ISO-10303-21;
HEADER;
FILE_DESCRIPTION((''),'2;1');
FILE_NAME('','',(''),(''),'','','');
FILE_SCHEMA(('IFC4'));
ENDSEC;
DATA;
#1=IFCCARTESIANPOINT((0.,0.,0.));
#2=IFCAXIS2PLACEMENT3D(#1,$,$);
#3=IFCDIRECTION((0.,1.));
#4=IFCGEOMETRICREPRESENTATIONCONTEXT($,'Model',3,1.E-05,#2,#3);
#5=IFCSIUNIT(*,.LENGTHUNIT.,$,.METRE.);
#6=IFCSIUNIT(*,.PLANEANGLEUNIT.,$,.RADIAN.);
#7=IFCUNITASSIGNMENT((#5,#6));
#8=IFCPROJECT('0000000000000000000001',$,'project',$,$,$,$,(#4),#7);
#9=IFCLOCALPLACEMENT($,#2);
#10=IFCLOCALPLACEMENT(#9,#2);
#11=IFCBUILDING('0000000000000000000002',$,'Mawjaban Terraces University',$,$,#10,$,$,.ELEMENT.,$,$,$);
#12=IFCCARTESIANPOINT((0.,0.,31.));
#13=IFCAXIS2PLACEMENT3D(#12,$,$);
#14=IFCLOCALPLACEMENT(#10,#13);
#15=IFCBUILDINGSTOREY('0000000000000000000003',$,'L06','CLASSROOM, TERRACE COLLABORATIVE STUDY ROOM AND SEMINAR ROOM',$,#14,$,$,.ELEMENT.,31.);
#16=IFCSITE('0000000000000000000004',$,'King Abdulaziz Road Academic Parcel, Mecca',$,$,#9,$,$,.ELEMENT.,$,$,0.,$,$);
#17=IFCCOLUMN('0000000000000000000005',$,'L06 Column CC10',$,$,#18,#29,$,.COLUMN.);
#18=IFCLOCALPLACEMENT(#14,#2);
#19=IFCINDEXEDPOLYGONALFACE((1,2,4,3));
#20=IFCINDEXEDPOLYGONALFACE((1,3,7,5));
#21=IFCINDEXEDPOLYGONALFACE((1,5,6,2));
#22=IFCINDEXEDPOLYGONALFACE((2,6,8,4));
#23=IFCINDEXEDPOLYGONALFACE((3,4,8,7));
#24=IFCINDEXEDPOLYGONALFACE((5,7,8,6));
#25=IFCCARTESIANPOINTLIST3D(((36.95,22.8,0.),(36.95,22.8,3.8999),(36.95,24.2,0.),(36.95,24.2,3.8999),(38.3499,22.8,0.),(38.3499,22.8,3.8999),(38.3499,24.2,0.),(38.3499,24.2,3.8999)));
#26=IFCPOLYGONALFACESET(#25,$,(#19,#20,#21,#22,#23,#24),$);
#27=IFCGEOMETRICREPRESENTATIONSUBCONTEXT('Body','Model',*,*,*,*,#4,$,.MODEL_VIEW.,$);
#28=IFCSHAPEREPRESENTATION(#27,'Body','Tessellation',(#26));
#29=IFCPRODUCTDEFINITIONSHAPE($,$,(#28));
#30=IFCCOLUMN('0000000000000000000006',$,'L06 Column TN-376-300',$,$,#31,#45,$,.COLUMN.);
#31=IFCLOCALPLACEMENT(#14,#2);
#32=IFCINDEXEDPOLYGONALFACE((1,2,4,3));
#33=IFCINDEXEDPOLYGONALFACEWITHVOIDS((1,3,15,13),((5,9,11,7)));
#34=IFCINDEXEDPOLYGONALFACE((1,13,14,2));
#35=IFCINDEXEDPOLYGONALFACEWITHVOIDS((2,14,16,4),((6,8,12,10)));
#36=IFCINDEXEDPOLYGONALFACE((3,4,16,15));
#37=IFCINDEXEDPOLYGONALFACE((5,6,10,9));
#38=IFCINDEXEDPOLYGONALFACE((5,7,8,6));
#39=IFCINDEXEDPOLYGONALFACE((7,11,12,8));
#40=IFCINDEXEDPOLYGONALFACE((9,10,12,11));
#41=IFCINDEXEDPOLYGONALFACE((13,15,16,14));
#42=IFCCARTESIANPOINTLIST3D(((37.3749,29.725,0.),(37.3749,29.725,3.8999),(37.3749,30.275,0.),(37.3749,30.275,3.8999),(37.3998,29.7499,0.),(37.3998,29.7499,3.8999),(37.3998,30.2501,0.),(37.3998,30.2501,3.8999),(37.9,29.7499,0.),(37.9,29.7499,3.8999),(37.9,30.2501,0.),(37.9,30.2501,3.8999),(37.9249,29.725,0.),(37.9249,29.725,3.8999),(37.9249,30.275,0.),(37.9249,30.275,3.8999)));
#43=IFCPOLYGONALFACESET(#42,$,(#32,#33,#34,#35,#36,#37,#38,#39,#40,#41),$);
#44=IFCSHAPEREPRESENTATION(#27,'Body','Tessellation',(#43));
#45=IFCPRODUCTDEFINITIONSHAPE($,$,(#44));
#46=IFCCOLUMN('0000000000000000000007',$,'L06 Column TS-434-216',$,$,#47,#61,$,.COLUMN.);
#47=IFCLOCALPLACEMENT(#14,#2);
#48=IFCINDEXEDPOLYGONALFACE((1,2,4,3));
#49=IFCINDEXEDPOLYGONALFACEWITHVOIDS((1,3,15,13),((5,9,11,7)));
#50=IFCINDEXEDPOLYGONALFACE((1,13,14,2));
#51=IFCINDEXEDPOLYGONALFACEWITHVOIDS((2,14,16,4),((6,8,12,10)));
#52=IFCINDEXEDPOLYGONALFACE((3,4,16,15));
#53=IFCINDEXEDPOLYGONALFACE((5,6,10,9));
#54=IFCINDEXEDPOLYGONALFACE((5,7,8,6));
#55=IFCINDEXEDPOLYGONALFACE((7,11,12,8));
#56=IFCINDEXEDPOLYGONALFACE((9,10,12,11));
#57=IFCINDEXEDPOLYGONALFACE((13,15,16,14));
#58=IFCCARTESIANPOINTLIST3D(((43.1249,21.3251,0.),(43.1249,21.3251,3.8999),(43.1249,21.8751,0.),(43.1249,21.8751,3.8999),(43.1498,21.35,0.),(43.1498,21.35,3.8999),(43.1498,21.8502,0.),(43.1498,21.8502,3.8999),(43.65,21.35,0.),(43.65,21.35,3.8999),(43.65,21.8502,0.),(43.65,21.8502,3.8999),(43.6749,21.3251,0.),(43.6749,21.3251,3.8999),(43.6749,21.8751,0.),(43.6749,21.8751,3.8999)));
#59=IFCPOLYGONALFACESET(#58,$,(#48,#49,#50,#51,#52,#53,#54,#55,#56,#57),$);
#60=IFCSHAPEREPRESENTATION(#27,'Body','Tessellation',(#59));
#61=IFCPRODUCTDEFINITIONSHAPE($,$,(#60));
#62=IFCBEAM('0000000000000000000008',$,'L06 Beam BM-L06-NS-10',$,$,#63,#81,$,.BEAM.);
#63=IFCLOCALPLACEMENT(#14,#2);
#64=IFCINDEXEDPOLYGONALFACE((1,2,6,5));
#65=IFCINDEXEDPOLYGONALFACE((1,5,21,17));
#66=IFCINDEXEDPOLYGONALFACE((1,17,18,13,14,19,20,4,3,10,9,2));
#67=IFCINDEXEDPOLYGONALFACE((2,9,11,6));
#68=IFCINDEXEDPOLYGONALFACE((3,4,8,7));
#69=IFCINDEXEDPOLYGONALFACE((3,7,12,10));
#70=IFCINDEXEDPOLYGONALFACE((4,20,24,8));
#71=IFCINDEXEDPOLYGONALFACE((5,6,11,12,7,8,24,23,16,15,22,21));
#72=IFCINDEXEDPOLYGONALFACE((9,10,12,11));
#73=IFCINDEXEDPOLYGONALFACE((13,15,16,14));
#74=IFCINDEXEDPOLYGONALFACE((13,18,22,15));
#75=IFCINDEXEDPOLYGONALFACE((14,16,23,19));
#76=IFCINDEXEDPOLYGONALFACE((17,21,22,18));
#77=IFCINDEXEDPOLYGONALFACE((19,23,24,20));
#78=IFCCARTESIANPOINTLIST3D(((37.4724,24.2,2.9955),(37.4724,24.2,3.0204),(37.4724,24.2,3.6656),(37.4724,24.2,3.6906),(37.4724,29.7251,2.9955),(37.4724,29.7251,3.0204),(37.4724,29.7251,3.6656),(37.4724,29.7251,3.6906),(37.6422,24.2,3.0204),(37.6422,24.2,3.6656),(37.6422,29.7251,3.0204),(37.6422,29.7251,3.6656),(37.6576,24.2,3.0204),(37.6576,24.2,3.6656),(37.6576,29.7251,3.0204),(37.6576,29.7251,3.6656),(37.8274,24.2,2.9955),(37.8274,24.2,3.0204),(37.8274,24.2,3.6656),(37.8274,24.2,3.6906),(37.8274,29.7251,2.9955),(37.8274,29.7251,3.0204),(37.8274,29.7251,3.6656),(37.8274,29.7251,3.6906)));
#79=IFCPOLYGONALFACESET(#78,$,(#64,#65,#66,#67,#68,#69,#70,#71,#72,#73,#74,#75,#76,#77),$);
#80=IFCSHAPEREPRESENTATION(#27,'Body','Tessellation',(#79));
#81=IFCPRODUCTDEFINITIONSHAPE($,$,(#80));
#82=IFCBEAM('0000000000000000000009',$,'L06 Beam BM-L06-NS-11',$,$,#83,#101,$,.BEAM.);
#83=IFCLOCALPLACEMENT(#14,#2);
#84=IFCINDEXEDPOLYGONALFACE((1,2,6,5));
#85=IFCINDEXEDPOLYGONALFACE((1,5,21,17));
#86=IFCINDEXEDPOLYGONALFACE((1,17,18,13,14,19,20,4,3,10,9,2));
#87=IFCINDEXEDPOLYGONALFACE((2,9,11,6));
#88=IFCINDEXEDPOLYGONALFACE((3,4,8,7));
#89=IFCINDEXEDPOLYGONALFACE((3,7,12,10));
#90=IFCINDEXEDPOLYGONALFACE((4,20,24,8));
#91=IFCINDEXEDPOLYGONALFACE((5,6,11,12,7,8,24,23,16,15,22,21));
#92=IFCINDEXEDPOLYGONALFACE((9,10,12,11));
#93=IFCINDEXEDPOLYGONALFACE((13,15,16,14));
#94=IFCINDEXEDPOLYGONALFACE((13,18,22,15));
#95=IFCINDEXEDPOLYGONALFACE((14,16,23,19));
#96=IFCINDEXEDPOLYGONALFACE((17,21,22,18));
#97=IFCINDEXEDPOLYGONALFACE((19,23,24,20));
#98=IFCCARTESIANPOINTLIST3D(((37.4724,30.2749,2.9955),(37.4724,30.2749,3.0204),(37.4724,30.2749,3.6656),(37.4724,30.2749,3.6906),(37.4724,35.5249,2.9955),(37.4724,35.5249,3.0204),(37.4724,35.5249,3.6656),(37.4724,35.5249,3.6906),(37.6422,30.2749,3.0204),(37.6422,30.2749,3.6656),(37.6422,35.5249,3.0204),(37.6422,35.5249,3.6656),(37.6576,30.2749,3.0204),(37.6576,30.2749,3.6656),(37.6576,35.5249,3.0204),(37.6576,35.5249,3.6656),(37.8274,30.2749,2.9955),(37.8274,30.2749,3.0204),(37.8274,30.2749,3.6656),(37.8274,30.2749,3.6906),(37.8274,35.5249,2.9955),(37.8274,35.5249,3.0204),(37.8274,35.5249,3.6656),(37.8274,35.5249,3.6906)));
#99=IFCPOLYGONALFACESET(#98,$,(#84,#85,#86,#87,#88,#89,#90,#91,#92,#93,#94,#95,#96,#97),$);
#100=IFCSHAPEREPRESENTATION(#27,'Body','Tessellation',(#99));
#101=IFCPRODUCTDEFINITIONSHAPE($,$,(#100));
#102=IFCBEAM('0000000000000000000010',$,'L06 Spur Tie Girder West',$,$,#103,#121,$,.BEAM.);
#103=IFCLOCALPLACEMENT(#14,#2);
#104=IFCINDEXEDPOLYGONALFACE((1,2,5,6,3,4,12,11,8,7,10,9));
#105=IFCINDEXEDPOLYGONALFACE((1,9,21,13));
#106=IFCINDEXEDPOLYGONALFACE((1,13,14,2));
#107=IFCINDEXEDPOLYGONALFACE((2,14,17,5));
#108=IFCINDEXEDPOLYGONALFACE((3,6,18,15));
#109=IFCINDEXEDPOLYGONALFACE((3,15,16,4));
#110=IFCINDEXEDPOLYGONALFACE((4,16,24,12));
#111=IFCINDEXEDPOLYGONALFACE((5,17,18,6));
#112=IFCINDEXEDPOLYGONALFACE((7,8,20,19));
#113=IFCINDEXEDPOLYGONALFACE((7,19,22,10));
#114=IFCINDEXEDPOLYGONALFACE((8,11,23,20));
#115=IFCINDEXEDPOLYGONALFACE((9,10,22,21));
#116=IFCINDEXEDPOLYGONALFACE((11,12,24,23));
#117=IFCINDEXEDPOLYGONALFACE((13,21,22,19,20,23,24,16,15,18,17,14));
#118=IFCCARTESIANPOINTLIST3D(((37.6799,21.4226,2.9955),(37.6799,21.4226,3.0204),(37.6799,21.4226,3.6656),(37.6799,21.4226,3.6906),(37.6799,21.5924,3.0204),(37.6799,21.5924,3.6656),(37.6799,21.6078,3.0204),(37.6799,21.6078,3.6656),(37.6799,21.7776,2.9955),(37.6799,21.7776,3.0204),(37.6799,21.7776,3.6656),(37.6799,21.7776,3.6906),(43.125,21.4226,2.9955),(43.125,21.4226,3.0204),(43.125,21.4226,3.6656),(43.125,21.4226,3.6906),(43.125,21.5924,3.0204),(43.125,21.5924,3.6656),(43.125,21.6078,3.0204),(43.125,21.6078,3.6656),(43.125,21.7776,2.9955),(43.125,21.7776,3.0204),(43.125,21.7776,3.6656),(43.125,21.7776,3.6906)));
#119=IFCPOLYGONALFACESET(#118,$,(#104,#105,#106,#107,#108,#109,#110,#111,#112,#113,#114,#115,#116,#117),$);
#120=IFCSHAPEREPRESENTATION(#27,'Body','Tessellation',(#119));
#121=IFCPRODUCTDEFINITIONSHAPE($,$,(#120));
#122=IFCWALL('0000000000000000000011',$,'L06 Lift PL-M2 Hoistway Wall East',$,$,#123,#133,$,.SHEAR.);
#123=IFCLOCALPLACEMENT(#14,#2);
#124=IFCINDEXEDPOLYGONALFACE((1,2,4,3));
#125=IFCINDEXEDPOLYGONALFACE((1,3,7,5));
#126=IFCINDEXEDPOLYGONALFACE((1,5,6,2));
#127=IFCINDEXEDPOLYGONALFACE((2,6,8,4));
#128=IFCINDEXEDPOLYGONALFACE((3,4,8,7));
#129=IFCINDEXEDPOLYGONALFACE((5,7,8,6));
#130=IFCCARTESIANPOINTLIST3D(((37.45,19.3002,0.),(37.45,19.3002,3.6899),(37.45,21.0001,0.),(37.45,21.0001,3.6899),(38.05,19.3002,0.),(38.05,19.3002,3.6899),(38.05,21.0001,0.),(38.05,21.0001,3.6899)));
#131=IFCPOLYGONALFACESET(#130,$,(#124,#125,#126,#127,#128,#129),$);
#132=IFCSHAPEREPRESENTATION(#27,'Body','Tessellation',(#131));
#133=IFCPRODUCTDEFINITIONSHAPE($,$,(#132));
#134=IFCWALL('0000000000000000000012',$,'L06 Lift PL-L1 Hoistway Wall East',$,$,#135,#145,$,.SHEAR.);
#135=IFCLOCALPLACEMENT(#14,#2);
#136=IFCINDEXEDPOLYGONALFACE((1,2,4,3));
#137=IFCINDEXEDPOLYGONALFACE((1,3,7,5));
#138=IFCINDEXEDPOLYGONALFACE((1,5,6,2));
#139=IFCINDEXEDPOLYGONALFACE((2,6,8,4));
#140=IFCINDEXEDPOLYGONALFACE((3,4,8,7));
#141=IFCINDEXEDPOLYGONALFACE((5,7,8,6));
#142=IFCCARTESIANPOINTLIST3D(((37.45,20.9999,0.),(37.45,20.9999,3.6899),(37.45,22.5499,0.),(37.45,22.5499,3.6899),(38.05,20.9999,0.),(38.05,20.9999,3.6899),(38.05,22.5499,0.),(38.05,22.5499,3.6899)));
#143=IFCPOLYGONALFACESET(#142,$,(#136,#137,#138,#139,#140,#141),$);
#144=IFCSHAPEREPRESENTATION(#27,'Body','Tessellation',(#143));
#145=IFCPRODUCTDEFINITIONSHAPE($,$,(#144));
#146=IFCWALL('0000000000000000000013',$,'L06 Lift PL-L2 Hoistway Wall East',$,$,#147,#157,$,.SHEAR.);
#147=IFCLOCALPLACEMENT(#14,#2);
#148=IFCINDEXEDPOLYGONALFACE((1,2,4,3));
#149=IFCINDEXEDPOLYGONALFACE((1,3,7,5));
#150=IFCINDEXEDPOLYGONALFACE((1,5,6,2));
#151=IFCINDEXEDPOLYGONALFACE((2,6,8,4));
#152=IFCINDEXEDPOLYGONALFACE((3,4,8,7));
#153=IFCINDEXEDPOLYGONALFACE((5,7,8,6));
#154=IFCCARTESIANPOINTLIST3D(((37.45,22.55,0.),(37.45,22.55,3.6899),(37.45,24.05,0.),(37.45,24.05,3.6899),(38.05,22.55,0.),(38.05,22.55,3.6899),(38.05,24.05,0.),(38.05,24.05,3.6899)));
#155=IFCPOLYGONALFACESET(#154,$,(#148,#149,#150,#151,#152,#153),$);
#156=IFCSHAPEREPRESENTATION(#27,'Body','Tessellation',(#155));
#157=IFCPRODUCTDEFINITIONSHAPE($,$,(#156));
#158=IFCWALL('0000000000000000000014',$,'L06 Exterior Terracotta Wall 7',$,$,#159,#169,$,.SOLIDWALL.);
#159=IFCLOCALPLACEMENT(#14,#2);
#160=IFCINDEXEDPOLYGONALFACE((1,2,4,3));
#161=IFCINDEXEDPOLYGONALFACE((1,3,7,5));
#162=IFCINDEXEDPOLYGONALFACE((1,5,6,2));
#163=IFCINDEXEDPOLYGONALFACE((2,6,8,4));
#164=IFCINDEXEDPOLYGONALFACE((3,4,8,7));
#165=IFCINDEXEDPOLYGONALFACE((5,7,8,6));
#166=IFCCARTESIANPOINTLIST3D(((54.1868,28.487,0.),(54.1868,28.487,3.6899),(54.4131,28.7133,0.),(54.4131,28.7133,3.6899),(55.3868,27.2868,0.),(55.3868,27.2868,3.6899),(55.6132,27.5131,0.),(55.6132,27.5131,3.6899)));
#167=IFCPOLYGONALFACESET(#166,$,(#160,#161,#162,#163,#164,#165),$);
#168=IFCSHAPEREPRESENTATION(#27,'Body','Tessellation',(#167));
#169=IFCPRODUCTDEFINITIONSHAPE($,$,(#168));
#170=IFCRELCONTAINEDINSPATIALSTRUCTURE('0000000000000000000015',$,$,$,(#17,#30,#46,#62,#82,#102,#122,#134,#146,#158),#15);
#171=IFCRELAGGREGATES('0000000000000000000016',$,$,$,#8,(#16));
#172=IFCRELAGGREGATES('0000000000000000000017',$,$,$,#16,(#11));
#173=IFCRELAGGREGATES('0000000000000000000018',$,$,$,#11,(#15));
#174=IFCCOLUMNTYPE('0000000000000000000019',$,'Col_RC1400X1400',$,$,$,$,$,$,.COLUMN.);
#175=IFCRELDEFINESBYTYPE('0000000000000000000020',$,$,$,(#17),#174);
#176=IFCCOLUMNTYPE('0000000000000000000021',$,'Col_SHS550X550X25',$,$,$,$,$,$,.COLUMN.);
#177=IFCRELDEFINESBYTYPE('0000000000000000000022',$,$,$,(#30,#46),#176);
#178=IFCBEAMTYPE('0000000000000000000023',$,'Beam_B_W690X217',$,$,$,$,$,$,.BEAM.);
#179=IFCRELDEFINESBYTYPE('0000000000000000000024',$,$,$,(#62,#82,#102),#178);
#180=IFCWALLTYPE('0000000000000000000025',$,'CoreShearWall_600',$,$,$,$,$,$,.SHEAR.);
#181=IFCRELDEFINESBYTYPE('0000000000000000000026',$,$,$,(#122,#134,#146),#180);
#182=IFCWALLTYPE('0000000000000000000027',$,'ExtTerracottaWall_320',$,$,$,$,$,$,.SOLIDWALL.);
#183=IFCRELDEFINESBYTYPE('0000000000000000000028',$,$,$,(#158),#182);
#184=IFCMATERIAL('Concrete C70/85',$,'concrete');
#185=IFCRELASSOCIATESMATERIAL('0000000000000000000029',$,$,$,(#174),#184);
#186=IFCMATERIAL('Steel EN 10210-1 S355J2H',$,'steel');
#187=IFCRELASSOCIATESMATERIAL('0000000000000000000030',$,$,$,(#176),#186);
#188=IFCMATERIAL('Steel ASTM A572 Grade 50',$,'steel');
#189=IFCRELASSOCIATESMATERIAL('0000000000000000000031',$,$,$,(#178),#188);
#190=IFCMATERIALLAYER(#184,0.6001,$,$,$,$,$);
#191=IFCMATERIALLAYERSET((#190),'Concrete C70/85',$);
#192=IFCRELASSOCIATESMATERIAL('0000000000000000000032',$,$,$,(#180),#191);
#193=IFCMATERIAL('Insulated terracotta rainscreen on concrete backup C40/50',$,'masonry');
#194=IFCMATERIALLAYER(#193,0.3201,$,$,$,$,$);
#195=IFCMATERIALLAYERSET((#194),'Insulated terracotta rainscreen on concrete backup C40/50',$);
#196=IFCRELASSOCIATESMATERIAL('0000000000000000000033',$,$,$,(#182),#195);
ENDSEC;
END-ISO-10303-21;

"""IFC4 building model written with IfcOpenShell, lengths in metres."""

from ifc_helpers import new_model, si_unit, direction, frame, frame_2d, origin, origin_2d, place, context, subcontext, project, spatial, rectangle, hollow_rectangle, i_section, extrude, material, layer, layer_set, material_profile, profile_set, type_object, element, save


model = new_model("IFC4")

# Units and contexts
model_context = context("Model", 3, precision=1e-05, world=origin(), true_north=direction((0.0, 1.0)))
body_context = subcontext(model_context, "Body", "Model", "MODEL_VIEW")
ifc_project = project(units=[si_unit("LENGTHUNIT", "METRE"), si_unit("PLANEANGLEUNIT", "RADIAN")], contexts=[model_context])

# Site, building, storey
site_placement = place(None, origin())
site = spatial("IfcSite", under=ifc_project, at=site_placement, Name="King Abdulaziz Road Academic Parcel, Mecca", CompositionType="ELEMENT", RefElevation=0.0)
building_placement = place(site_placement, origin())
building = spatial("IfcBuilding", under=site, at=building_placement, Name="Mawjaban Terraces University", CompositionType="ELEMENT")
storey_placement = place(building_placement, frame((0.0, 0.0, 31.0)))
storey = spatial("IfcBuildingStorey", under=building, at=storey_placement, Name="L06", Description="CLASSROOM, TERRACE COLLABORATIVE STUDY ROOM AND SEMINAR ROOM", CompositionType="ELEMENT", Elevation=31.0)

# Columns
ifc_material_1 = material(Name="Concrete C70/85", Category="concrete")
ifc_material_profile_1 = material_profile(ifc_material_1, rectangle(XDim=1.3999, YDim=1.3999, at=origin_2d()), Name="RC1400X1400")
ifc_profile_set_1 = profile_set([ifc_material_profile_1], Name="Concrete C70/85")
column_type_1 = type_object("IfcColumnType", Name="Col_RC1400X1400", PredefinedType="COLUMN", material=ifc_profile_set_1)
column_placement = place(storey_placement, frame((37.6499, 23.5, 0.0), z_axis=(0.0, 0.0, 1.0), x_axis=(1.0, 0.0, 0.0)))
element("IfcColumn", 1, at=column_placement, inside=storey, type_object=column_type_1, Name="L06 Column CC10", PredefinedType="COLUMN", context=body_context, shape_type="SweptSolid", body=[
    extrude(rectangle(XDim=1.3999, YDim=1.3999, at=origin_2d()), origin(), (0.0, 0.0, 1.0), 3.8999),
])
ifc_material_2 = material(Name="Steel EN 10210-1 S355J2H", Category="steel")
ifc_material_profile_2 = material_profile(ifc_material_2, hollow_rectangle(XDim=0.55, YDim=0.55, WallThickness=0.0249, at=origin_2d()), Name="SHS550X550X25")
ifc_profile_set_2 = profile_set([ifc_material_profile_2], Name="Steel EN 10210-1 S355J2H")
column_type_2 = type_object("IfcColumnType", Name="Col_SHS550X550X25", PredefinedType="COLUMN", material=ifc_profile_set_2)
for number, where, z_axis, x_axis, name in (
    (2, (37.6499, 30.0, 0.0), (0.0, 0.0, 1.0), (1.0, 0.0, 0.0), "L06 Column TN-376-300"),
    (3, (43.3999, 21.6001, 0.0), (0.0, 0.0, 1.0), (1.0, 0.0, 0.0), "L06 Column TS-434-216"),
):
    element("IfcColumn", number, at=place(storey_placement, frame(where, z_axis=z_axis, x_axis=x_axis)), inside=storey, type_object=column_type_2, Name=name, PredefinedType="COLUMN", context=body_context, shape_type="SweptSolid", body=[
        extrude(hollow_rectangle(XDim=0.55, YDim=0.55, WallThickness=0.0249, at=origin_2d()), origin(), (0.0, 0.0, 1.0), 3.8999),
    ])

# Beams
ifc_material_3 = material(Name="Steel ASTM A572 Grade 50", Category="steel")
ifc_material_profile_3 = material_profile(ifc_material_3, i_section(OverallWidth=0.355, OverallDepth=0.6951, WebThickness=0.0154, FlangeThickness=0.0249, at=origin_2d()), Name="W690X217")
ifc_profile_set_3 = profile_set([ifc_material_profile_3], Name="Steel ASTM A572 Grade 50")
beam_type = type_object("IfcBeamType", Name="Beam_B_W690X217", PredefinedType="BEAM", material=ifc_profile_set_3)
beam_1_placement = place(storey_placement, frame((37.6499, 24.2, 3.343), z_axis=(0.0, 1.0, 0.0), x_axis=(-1.0, 0.0, 0.0)))
element("IfcBeam", 4, at=beam_1_placement, inside=storey, type_object=beam_type, Name="L06 Beam BM-L06-NS-10", PredefinedType="BEAM", context=body_context, shape_type="SweptSolid", body=[
    extrude(i_section(OverallWidth=0.355, OverallDepth=0.6951, WebThickness=0.0154, FlangeThickness=0.0249, at=origin_2d()), origin(), (0.0, 0.0, 1.0), 5.5251),
])
beam_2_placement = place(storey_placement, frame((37.6499, 30.2749, 3.343), z_axis=(0.0, 1.0, 0.0), x_axis=(-1.0, 0.0, 0.0)))
element("IfcBeam", 5, at=beam_2_placement, inside=storey, type_object=beam_type, Name="L06 Beam BM-L06-NS-11", PredefinedType="BEAM", context=body_context, shape_type="SweptSolid", body=[
    extrude(i_section(OverallWidth=0.355, OverallDepth=0.6951, WebThickness=0.0154, FlangeThickness=0.0249, at=origin_2d()), origin(), (0.0, 0.0, 1.0), 5.25),
])
beam_3_placement = place(storey_placement, frame((37.6799, 21.6001, 3.343), z_axis=(1.0, 0.0, 0.0), x_axis=(0.0, 1.0, 0.0)))
element("IfcBeam", 6, at=beam_3_placement, inside=storey, type_object=beam_type, Name="L06 Spur Tie Girder West", PredefinedType="BEAM", context=body_context, shape_type="SweptSolid", body=[
    extrude(i_section(OverallWidth=0.355, OverallDepth=0.6951, WebThickness=0.0154, FlangeThickness=0.0249, at=origin_2d()), origin(), (0.0, 0.0, 1.0), 5.4451),
])

# Walls
ifc_layer_1 = layer(ifc_material_1, 0.6001)
ifc_layer_set_1 = layer_set([ifc_layer_1], Name="Concrete C70/85")
wall_type_1 = type_object("IfcWallType", Name="CoreShearWall_600", PredefinedType="SHEAR", material=ifc_layer_set_1)
wall_1_placement = place(storey_placement, frame((37.75, 19.3, 0.0), z_axis=(0.0, 0.0, 1.0), x_axis=(0.0, 1.0, 0.0)))
element("IfcWall", 7, at=wall_1_placement, inside=storey, type_object=wall_type_1, Name="L06 Lift PL-M2 Hoistway Wall East", PredefinedType="SHEAR", context=body_context, shape_type="SweptSolid", body=[
    extrude(rectangle(XDim=1.7, YDim=0.6001, at=frame_2d((0.8501, 0.0))), origin(), (0.0, 0.0, 1.0), 3.6899),
])
wall_2_placement = place(storey_placement, frame((37.75, 21.0, 0.0), z_axis=(0.0, 0.0, 1.0), x_axis=(0.0, 1.0, 0.0)))
element("IfcWall", 8, at=wall_2_placement, inside=storey, type_object=wall_type_1, Name="L06 Lift PL-L1 Hoistway Wall East", PredefinedType="SHEAR", context=body_context, shape_type="SweptSolid", body=[
    extrude(rectangle(XDim=1.55, YDim=0.6001, at=frame_2d((0.7749, 0.0))), origin(), (0.0, 0.0, 1.0), 3.6899),
])
wall_3_placement = place(storey_placement, frame((37.75, 22.55, 0.0), z_axis=(0.0, 0.0, 1.0), x_axis=(0.0, 1.0, 0.0)))
element("IfcWall", 9, at=wall_3_placement, inside=storey, type_object=wall_type_1, Name="L06 Lift PL-L2 Hoistway Wall East", PredefinedType="SHEAR", context=body_context, shape_type="SweptSolid", body=[
    extrude(rectangle(XDim=1.5, YDim=0.6001, at=frame_2d((0.75, 0.0))), origin(), (0.0, 0.0, 1.0), 3.6899),
])
ifc_material_4 = material(Name="Insulated terracotta rainscreen on concrete backup C40/50", Category="masonry")
ifc_layer_2 = layer(ifc_material_4, 0.3201)
ifc_layer_set_2 = layer_set([ifc_layer_2], Name="Insulated terracotta rainscreen on concrete backup C40/50")
wall_type_2 = type_object("IfcWallType", Name="ExtTerracottaWall_320", PredefinedType="SOLIDWALL", material=ifc_layer_set_2)
wall_4_placement = place(storey_placement, frame((55.5, 27.3999, 0.0), z_axis=(0.0, 0.0, 1.0), x_axis=(-0.707035, 0.707179, 0.0)))
element("IfcWall", 10, at=wall_4_placement, inside=storey, type_object=wall_type_2, Name="L06 Exterior Terracotta Wall 7", PredefinedType="SOLIDWALL", context=body_context, shape_type="SweptSolid", body=[
    extrude(rectangle(XDim=1.6973, YDim=0.3201, at=frame_2d((0.8486, 0.0))), origin(), (0.0, 0.0, 1.0), 3.6899),
])

save(model, "model.ifc")
